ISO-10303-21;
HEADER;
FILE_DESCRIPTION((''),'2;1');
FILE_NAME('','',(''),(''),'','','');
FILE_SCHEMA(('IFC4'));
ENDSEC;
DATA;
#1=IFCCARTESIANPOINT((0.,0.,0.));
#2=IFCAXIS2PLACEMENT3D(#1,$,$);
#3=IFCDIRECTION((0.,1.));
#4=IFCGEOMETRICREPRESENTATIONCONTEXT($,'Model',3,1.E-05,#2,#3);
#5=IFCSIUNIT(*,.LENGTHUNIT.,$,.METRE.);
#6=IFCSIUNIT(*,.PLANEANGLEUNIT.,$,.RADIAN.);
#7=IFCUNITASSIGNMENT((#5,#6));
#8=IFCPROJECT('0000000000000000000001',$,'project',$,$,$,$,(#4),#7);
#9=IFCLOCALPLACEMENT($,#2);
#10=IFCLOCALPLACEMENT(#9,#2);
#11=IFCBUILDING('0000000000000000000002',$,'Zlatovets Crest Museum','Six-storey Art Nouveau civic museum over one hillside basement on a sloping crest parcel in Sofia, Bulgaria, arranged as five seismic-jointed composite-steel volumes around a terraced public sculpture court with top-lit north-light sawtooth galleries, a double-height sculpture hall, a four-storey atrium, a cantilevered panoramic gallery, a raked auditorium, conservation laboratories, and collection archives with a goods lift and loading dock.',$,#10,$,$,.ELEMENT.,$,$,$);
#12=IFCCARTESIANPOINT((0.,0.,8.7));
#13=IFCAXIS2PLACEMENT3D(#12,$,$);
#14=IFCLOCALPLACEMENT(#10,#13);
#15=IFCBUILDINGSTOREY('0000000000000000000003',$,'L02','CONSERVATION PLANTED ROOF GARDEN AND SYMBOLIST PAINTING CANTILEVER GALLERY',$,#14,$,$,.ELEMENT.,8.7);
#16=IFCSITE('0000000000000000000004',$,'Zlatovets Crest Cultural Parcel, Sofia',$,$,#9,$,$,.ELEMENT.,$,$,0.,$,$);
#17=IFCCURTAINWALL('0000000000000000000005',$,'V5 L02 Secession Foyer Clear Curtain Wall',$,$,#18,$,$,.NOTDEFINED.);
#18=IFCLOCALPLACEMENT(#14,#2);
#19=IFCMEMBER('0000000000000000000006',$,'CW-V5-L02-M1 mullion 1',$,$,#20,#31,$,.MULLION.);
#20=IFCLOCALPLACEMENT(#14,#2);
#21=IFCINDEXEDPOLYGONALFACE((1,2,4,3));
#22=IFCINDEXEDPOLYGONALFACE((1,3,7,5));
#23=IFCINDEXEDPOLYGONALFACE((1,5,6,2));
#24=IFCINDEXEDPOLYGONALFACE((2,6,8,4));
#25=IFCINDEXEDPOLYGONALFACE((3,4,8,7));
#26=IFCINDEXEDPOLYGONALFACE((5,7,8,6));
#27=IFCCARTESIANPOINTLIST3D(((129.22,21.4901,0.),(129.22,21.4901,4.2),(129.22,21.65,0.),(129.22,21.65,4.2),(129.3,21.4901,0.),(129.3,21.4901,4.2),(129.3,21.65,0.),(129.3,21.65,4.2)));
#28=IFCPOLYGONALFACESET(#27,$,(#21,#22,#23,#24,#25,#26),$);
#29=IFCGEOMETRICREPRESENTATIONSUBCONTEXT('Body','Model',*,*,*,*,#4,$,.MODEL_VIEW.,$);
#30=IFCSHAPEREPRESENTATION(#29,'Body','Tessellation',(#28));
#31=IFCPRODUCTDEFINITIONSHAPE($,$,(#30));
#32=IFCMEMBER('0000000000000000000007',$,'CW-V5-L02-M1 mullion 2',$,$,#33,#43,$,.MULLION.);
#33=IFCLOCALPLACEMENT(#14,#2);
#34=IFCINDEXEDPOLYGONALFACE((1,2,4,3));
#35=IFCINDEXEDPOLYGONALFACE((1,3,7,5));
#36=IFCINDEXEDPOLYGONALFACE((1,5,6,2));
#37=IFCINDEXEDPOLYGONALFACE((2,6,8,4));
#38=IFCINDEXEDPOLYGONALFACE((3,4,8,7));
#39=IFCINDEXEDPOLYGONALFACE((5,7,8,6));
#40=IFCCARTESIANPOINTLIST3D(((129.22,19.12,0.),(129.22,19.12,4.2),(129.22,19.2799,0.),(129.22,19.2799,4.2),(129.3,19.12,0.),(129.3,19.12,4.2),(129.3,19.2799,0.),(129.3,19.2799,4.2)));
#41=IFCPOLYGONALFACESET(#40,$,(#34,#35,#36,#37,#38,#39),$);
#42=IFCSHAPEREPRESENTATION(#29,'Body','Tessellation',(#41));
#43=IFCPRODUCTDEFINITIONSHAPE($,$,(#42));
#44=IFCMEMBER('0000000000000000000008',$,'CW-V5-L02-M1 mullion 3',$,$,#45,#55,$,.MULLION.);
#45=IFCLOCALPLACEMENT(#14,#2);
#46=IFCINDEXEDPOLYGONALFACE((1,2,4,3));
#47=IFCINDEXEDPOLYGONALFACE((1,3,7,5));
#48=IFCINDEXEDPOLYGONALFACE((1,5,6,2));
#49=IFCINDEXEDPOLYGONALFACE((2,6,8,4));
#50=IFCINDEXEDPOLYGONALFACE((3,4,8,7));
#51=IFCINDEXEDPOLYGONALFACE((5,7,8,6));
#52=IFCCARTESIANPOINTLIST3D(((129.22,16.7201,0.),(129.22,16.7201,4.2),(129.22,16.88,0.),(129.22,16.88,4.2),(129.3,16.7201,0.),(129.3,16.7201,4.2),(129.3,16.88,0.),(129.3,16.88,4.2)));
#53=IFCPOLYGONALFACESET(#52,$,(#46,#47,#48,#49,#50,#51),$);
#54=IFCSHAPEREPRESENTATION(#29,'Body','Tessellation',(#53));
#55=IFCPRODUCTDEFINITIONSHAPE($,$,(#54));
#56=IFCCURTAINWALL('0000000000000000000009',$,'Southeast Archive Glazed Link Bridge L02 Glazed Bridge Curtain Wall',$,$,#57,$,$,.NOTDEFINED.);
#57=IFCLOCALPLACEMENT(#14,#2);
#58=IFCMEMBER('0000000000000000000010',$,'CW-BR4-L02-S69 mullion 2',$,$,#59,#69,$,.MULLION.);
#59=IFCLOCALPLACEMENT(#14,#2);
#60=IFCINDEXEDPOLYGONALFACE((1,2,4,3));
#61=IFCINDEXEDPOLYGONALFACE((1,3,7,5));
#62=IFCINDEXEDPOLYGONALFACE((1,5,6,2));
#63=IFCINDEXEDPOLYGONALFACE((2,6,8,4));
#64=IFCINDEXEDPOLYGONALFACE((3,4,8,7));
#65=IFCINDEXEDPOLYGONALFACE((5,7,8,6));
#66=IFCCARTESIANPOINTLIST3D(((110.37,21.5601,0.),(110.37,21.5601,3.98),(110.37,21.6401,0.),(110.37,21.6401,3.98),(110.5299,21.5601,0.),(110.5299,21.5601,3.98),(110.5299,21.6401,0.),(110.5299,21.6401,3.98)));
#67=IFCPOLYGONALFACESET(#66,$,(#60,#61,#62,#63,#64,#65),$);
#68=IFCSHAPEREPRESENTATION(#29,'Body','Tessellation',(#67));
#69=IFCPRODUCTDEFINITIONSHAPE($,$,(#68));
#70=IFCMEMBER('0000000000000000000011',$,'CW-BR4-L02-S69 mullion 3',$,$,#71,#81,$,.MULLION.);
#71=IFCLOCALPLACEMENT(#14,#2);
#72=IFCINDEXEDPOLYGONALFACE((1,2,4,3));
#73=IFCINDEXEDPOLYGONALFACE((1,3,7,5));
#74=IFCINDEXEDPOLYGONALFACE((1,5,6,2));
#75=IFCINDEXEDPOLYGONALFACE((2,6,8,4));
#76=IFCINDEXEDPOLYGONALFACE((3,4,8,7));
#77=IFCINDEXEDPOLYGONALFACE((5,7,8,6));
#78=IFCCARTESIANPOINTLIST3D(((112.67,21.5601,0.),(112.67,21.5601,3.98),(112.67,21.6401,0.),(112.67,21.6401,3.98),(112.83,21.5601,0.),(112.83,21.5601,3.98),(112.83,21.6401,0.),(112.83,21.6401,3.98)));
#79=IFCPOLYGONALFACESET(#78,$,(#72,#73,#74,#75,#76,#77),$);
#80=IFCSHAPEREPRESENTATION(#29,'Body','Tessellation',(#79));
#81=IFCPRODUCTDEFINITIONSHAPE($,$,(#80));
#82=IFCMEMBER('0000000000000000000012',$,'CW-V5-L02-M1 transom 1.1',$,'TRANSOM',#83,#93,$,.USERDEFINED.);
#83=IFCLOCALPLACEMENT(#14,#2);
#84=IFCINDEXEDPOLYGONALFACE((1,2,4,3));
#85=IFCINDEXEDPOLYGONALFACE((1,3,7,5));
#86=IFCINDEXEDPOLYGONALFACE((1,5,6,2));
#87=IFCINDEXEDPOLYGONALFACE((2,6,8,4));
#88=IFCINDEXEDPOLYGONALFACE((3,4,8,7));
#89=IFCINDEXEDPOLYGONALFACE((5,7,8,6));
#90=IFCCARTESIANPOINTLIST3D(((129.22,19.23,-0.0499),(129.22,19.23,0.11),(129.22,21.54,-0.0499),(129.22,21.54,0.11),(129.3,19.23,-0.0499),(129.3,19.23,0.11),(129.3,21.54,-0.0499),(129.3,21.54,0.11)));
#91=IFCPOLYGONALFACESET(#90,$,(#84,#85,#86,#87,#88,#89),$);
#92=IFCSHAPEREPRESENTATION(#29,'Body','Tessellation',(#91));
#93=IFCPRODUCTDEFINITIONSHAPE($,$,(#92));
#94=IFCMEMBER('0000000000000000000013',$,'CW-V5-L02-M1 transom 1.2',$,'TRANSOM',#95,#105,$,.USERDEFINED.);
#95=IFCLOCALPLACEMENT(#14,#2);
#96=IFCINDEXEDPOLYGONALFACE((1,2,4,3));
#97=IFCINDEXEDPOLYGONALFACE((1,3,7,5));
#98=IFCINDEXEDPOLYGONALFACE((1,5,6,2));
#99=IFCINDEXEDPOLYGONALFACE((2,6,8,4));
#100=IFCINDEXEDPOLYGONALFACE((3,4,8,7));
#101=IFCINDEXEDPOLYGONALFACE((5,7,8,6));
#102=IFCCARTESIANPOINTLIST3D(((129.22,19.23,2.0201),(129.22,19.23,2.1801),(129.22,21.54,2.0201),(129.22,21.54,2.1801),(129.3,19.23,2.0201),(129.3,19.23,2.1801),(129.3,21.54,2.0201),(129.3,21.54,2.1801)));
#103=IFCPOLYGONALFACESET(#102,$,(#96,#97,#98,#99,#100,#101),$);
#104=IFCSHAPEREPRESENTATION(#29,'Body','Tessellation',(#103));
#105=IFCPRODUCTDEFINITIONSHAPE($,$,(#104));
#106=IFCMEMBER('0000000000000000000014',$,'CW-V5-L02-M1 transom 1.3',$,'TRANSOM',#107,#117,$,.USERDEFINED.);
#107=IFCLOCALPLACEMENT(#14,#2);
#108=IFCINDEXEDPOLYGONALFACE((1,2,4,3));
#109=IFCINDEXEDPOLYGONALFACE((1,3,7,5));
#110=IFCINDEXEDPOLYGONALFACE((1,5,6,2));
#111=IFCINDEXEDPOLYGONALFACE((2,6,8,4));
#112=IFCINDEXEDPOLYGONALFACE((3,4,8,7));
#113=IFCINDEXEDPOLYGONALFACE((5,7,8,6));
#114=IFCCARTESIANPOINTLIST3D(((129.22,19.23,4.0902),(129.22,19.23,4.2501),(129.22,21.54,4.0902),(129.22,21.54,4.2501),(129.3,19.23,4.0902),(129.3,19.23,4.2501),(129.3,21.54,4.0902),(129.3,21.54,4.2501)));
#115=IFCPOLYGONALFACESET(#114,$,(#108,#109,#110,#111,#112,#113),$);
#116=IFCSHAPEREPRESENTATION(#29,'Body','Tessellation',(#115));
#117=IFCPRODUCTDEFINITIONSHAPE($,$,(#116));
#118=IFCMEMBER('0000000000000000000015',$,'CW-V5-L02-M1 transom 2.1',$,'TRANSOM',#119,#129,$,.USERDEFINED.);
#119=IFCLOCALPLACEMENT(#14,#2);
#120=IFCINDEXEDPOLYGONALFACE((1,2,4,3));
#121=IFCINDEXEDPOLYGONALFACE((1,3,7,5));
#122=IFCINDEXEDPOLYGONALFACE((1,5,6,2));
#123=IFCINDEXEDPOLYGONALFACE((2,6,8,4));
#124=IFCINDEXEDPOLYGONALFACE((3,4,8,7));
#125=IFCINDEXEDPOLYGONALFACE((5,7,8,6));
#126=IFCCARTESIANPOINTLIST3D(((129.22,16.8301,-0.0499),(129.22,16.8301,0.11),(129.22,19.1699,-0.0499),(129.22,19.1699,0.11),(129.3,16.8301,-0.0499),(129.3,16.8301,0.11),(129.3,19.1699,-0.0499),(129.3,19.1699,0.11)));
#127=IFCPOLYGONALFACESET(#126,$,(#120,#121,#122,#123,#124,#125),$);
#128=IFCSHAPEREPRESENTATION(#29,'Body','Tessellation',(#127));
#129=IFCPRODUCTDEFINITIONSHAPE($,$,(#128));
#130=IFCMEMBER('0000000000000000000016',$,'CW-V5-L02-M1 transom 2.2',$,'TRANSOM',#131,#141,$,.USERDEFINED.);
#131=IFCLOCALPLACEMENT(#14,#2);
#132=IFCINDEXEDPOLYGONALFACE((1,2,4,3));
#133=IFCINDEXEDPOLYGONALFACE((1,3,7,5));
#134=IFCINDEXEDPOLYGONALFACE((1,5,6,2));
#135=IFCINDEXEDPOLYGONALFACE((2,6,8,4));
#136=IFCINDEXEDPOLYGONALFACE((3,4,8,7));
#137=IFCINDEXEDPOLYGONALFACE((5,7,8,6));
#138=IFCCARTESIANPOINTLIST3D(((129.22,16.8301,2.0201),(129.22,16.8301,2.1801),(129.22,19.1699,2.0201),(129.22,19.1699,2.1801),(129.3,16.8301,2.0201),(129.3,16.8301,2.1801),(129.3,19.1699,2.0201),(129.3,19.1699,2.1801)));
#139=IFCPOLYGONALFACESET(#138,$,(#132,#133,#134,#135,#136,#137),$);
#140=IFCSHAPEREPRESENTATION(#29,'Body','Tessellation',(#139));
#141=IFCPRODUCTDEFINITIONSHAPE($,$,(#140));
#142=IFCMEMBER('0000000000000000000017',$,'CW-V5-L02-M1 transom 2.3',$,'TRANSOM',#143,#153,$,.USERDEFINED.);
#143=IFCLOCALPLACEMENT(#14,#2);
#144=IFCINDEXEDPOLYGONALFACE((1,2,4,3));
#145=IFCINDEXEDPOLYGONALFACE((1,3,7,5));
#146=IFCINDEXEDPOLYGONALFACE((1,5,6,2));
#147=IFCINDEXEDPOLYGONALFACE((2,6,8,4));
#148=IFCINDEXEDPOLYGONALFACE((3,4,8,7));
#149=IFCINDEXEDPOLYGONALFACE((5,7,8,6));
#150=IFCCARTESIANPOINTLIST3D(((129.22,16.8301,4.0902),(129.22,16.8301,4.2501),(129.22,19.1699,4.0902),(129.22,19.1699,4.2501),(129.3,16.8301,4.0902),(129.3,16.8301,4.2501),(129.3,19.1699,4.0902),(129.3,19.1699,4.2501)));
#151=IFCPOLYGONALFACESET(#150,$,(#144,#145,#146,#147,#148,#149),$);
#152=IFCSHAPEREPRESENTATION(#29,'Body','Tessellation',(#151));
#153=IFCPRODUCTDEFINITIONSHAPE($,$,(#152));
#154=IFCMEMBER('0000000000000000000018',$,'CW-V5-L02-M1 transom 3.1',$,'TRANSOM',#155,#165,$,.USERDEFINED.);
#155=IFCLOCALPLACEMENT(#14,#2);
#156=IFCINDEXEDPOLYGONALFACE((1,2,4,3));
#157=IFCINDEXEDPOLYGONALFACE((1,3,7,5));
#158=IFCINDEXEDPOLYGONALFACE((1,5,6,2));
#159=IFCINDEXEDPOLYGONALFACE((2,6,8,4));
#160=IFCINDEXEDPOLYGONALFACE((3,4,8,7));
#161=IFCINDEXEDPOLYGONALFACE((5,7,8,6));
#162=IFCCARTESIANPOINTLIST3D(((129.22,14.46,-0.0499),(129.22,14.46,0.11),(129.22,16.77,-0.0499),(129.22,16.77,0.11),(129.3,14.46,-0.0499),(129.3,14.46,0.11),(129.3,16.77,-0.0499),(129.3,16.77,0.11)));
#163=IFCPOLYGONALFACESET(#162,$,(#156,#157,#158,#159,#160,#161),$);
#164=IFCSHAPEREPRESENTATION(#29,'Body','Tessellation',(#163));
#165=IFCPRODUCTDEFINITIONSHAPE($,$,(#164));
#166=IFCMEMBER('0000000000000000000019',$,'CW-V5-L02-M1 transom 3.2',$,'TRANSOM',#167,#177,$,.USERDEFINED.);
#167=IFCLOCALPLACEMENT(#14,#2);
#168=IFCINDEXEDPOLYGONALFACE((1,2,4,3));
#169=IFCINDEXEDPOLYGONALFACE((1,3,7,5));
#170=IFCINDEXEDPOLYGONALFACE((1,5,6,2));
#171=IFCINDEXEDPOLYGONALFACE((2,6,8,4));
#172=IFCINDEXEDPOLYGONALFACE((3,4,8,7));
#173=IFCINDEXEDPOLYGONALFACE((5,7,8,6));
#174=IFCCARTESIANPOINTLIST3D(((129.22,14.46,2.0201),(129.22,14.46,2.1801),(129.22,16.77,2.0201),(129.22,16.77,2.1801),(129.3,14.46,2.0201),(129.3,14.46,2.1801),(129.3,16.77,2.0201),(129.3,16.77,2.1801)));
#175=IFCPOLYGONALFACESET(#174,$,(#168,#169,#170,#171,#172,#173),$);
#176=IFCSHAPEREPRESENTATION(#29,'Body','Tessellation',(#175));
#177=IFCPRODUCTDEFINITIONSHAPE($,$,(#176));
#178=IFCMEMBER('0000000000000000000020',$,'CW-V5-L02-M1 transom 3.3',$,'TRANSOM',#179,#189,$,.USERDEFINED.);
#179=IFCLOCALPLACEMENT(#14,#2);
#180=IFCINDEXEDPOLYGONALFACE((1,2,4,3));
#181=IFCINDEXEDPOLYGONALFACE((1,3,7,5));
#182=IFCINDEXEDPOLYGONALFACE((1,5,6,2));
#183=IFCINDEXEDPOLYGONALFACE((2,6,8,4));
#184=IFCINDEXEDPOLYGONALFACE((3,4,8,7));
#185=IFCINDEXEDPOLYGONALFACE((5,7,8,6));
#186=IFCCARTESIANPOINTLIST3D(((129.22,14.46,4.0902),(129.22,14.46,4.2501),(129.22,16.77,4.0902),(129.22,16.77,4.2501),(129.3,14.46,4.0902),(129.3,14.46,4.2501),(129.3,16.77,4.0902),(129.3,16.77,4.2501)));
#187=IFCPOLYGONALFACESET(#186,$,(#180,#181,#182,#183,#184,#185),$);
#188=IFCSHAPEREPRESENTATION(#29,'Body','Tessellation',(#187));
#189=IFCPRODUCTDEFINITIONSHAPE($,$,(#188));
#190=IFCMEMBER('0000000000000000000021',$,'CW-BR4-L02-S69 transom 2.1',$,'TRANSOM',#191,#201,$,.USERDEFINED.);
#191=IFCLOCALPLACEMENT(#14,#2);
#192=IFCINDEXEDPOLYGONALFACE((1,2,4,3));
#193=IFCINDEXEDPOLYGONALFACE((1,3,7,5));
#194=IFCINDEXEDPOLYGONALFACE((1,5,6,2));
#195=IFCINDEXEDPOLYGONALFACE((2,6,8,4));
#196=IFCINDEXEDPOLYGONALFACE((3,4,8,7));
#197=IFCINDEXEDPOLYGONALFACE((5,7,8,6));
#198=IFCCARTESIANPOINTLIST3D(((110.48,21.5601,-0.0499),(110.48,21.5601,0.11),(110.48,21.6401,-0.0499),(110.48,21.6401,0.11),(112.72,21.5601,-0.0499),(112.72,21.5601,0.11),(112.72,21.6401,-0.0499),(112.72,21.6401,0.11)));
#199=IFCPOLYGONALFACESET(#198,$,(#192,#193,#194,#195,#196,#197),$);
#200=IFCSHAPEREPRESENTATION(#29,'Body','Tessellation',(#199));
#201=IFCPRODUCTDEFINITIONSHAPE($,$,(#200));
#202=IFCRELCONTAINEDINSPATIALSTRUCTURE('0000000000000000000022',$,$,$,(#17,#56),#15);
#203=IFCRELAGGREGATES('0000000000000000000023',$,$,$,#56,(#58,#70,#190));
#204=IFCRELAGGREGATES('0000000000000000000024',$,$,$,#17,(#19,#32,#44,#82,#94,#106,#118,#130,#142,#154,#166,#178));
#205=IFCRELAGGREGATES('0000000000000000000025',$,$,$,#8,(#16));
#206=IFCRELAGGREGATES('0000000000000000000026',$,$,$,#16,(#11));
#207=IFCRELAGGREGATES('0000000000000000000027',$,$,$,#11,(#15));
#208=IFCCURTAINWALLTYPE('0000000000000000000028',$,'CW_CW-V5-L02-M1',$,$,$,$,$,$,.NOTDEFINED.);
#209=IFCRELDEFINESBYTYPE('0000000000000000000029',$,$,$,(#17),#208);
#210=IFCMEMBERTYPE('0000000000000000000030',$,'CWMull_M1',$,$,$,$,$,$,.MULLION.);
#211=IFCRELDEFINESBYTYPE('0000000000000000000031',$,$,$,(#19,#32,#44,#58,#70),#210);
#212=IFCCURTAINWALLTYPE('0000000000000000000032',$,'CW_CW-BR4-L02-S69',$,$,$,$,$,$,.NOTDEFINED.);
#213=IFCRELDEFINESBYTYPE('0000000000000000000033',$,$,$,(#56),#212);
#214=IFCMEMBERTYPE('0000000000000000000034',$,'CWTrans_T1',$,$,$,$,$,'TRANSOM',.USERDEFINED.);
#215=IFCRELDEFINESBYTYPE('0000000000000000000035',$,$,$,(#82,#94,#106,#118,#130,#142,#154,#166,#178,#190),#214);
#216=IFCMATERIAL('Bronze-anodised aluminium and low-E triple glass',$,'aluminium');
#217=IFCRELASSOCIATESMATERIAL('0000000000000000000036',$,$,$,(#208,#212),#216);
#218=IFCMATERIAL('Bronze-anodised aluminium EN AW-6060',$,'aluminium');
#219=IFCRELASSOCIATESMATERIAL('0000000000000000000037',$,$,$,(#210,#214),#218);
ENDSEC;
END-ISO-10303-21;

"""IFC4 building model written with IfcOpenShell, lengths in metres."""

from ifc_helpers import new_model, si_unit, direction, frame, origin, origin_2d, place, context, subcontext, project, spatial, rectangle, extrude, material, material_profile, profile_set, type_object, element, aggregate, save


model = new_model("IFC4")

# Units and contexts
model_context = context("Model", 3, precision=1e-05, world=origin(), true_north=direction((0.0, 1.0)))
body_context = subcontext(model_context, "Body", "Model", "MODEL_VIEW")
ifc_project = project(units=[si_unit("LENGTHUNIT", "METRE"), si_unit("PLANEANGLEUNIT", "RADIAN")], contexts=[model_context])

# Site, building, storey
site_placement = place(None, origin())
site = spatial("IfcSite", under=ifc_project, at=site_placement, Name="Zlatovets Crest Cultural Parcel, Sofia", CompositionType="ELEMENT", RefElevation=0.0)
building_placement = place(site_placement, origin())
building = spatial("IfcBuilding", under=site, at=building_placement, Name="Zlatovets Crest Museum", Description="Six-storey Art Nouveau civic museum over one hillside basement on a sloping crest parcel in Sofia, Bulgaria, arranged as five seismic-jointed composite-steel volumes around a terraced public sculpture court with top-lit north-light sawtooth galleries, a double-height sculpture hall, a four-storey atrium, a cantilevered panoramic gallery, a raked auditorium, conservation laboratories, and collection archives with a goods lift and loading dock.", CompositionType="ELEMENT")
storey_placement = place(building_placement, frame((0.0, 0.0, 8.7)))
storey = spatial("IfcBuildingStorey", under=building, at=storey_placement, Name="L02", Description="CONSERVATION PLANTED ROOF GARDEN AND SYMBOLIST PAINTING CANTILEVER GALLERY", CompositionType="ELEMENT", Elevation=8.7)

# Curtain walls, members
ifc_material_1 = material(Name="Bronze-anodised aluminium and low-E triple glass", Category="aluminium")
curtain_wall_type_1 = type_object("IfcCurtainWallType", Name="CW_CW-V5-L02-M1", PredefinedType="NOTDEFINED", material=ifc_material_1)
curtain_wall_1_placement = place(storey_placement, origin())
curtain_wall_1 = element("IfcCurtainWall", 1, at=curtain_wall_1_placement, inside=storey, type_object=curtain_wall_type_1, Name="V5 L02 Secession Foyer Clear Curtain Wall", PredefinedType="NOTDEFINED")
ifc_material_2 = material(Name="Bronze-anodised aluminium EN AW-6060", Category="aluminium")
ifc_material_profile_1 = material_profile(ifc_material_2, rectangle(XDim=0.0801, YDim=0.1599, at=origin_2d()), Name="ALU 80x160")
ifc_profile_set_1 = profile_set([ifc_material_profile_1], Name="Bronze-anodised aluminium EN AW-6060")
member_type_1 = type_object("IfcMemberType", Name="CWMull_M1", PredefinedType="MULLION", material=ifc_profile_set_1)
member_1_placement = place(storey_placement, frame((129.26, 21.5701, 0.0), z_axis=(0.0, 0.0, 1.0), x_axis=(1.0, 0.0, 0.0)))
member_1 = element("IfcMember", 2, at=member_1_placement, type_object=member_type_1, Name="CW-V5-L02-M1 mullion 1", PredefinedType="MULLION", context=body_context, shape_type="SweptSolid", body=[
    extrude(rectangle(XDim=0.0801, YDim=0.1599, at=origin_2d()), origin(), (0.0, 0.0, 1.0), 4.2),
])
member_2_placement = place(storey_placement, frame((129.26, 19.2, 0.0), z_axis=(0.0, 0.0, 1.0), x_axis=(1.0, 0.0, 0.0)))
member_2 = element("IfcMember", 3, at=member_2_placement, type_object=member_type_1, Name="CW-V5-L02-M1 mullion 2", PredefinedType="MULLION", context=body_context, shape_type="SweptSolid", body=[
    extrude(rectangle(XDim=0.0801, YDim=0.1599, at=origin_2d()), origin(), (0.0, 0.0, 1.0), 4.2),
])
member_3_placement = place(storey_placement, frame((129.26, 16.8, 0.0), z_axis=(0.0, 0.0, 1.0), x_axis=(1.0, 0.0, 0.0)))
member_3 = element("IfcMember", 4, at=member_3_placement, type_object=member_type_1, Name="CW-V5-L02-M1 mullion 3", PredefinedType="MULLION", context=body_context, shape_type="SweptSolid", body=[
    extrude(rectangle(XDim=0.0801, YDim=0.1599, at=origin_2d()), origin(), (0.0, 0.0, 1.0), 4.2),
])
curtain_wall_type_2 = type_object("IfcCurtainWallType", Name="CW_CW-BR4-L02-S69", PredefinedType="NOTDEFINED", material=ifc_material_1)
curtain_wall_2_placement = place(storey_placement, origin())
curtain_wall_2 = element("IfcCurtainWall", 5, at=curtain_wall_2_placement, inside=storey, type_object=curtain_wall_type_2, Name="Southeast Archive Glazed Link Bridge L02 Glazed Bridge Curtain Wall", PredefinedType="NOTDEFINED")
member_4_placement = place(storey_placement, frame((110.45, 21.6001, 0.0), z_axis=(0.0, 0.0, 1.0), x_axis=(0.0, 1.0, 0.0)))
member_4 = element("IfcMember", 6, at=member_4_placement, type_object=member_type_1, Name="CW-BR4-L02-S69 mullion 2", PredefinedType="MULLION", context=body_context, shape_type="SweptSolid", body=[
    extrude(rectangle(XDim=0.0801, YDim=0.1599, at=origin_2d()), origin(), (0.0, 0.0, 1.0), 3.98),
])
member_5_placement = place(storey_placement, frame((112.75, 21.6001, 0.0), z_axis=(0.0, 0.0, 1.0), x_axis=(0.0, 1.0, 0.0)))
member_5 = element("IfcMember", 7, at=member_5_placement, type_object=member_type_1, Name="CW-BR4-L02-S69 mullion 3", PredefinedType="MULLION", context=body_context, shape_type="SweptSolid", body=[
    extrude(rectangle(XDim=0.0801, YDim=0.1599, at=origin_2d()), origin(), (0.0, 0.0, 1.0), 3.98),
])

# Members
ifc_material_profile_2 = material_profile(ifc_material_2, rectangle(XDim=0.0801, YDim=0.1599, at=origin_2d()), Name="ALU 80x160")
ifc_profile_set_2 = profile_set([ifc_material_profile_2], Name="Bronze-anodised aluminium EN AW-6060")
member_type_2 = type_object("IfcMemberType", Name="CWTrans_T1", ElementType="TRANSOM", PredefinedType="USERDEFINED", material=ifc_profile_set_2)
member_6_placement = place(storey_placement, frame((129.26, 21.54, 0.03), z_axis=(0.0, -1.0, 0.0), x_axis=(1.0, 0.0, 0.0)))
member_6 = element("IfcMember", 8, at=member_6_placement, type_object=member_type_2, Name="CW-V5-L02-M1 transom 1.1", ObjectType="TRANSOM", PredefinedType="USERDEFINED", context=body_context, shape_type="SweptSolid", body=[
    extrude(rectangle(XDim=0.0801, YDim=0.1599, at=origin_2d()), origin(), (0.0, 0.0, 1.0), 2.3101),
])
member_7_placement = place(storey_placement, frame((129.26, 21.54, 2.1001), z_axis=(0.0, -1.0, 0.0), x_axis=(1.0, 0.0, 0.0)))
member_7 = element("IfcMember", 9, at=member_7_placement, type_object=member_type_2, Name="CW-V5-L02-M1 transom 1.2", ObjectType="TRANSOM", PredefinedType="USERDEFINED", context=body_context, shape_type="SweptSolid", body=[
    extrude(rectangle(XDim=0.0801, YDim=0.1599, at=origin_2d()), origin(), (0.0, 0.0, 1.0), 2.3101),
])
member_8_placement = place(storey_placement, frame((129.26, 21.54, 4.1702), z_axis=(0.0, -1.0, 0.0), x_axis=(1.0, 0.0, 0.0)))
member_8 = element("IfcMember", 10, at=member_8_placement, type_object=member_type_2, Name="CW-V5-L02-M1 transom 1.3", ObjectType="TRANSOM", PredefinedType="USERDEFINED", context=body_context, shape_type="SweptSolid", body=[
    extrude(rectangle(XDim=0.0801, YDim=0.1599, at=origin_2d()), origin(), (0.0, 0.0, 1.0), 2.3101),
])
member_9_placement = place(storey_placement, frame((129.26, 19.1699, 0.03), z_axis=(0.0, -1.0, 0.0), x_axis=(1.0, 0.0, 0.0)))
member_9 = element("IfcMember", 11, at=member_9_placement, type_object=member_type_2, Name="CW-V5-L02-M1 transom 2.1", ObjectType="TRANSOM", PredefinedType="USERDEFINED", context=body_context, shape_type="SweptSolid", body=[
    extrude(rectangle(XDim=0.0801, YDim=0.1599, at=origin_2d()), origin(), (0.0, 0.0, 1.0), 2.3398),
])
member_10_placement = place(storey_placement, frame((129.26, 19.1699, 2.1001), z_axis=(0.0, -1.0, 0.0), x_axis=(1.0, 0.0, 0.0)))
member_10 = element("IfcMember", 12, at=member_10_placement, type_object=member_type_2, Name="CW-V5-L02-M1 transom 2.2", ObjectType="TRANSOM", PredefinedType="USERDEFINED", context=body_context, shape_type="SweptSolid", body=[
    extrude(rectangle(XDim=0.0801, YDim=0.1599, at=origin_2d()), origin(), (0.0, 0.0, 1.0), 2.3398),
])
member_11_placement = place(storey_placement, frame((129.26, 19.1699, 4.1702), z_axis=(0.0, -1.0, 0.0), x_axis=(1.0, 0.0, 0.0)))
member_11 = element("IfcMember", 13, at=member_11_placement, type_object=member_type_2, Name="CW-V5-L02-M1 transom 2.3", ObjectType="TRANSOM", PredefinedType="USERDEFINED", context=body_context, shape_type="SweptSolid", body=[
    extrude(rectangle(XDim=0.0801, YDim=0.1599, at=origin_2d()), origin(), (0.0, 0.0, 1.0), 2.3398),
])
member_12_placement = place(storey_placement, frame((129.26, 16.77, 0.03), z_axis=(0.0, -1.0, 0.0), x_axis=(1.0, 0.0, 0.0)))
member_12 = element("IfcMember", 14, at=member_12_placement, type_object=member_type_2, Name="CW-V5-L02-M1 transom 3.1", ObjectType="TRANSOM", PredefinedType="USERDEFINED", context=body_context, shape_type="SweptSolid", body=[
    extrude(rectangle(XDim=0.0801, YDim=0.1599, at=origin_2d()), origin(), (0.0, 0.0, 1.0), 2.3101),
])
member_13_placement = place(storey_placement, frame((129.26, 16.77, 2.1001), z_axis=(0.0, -1.0, 0.0), x_axis=(1.0, 0.0, 0.0)))
member_13 = element("IfcMember", 15, at=member_13_placement, type_object=member_type_2, Name="CW-V5-L02-M1 transom 3.2", ObjectType="TRANSOM", PredefinedType="USERDEFINED", context=body_context, shape_type="SweptSolid", body=[
    extrude(rectangle(XDim=0.0801, YDim=0.1599, at=origin_2d()), origin(), (0.0, 0.0, 1.0), 2.3101),
])
member_14_placement = place(storey_placement, frame((129.26, 16.77, 4.1702), z_axis=(0.0, -1.0, 0.0), x_axis=(1.0, 0.0, 0.0)))
member_14 = element("IfcMember", 16, at=member_14_placement, type_object=member_type_2, Name="CW-V5-L02-M1 transom 3.3", ObjectType="TRANSOM", PredefinedType="USERDEFINED", context=body_context, shape_type="SweptSolid", body=[
    extrude(rectangle(XDim=0.0801, YDim=0.1599, at=origin_2d()), origin(), (0.0, 0.0, 1.0), 2.3101),
])
member_15_placement = place(storey_placement, frame((110.48, 21.6001, 0.03), z_axis=(1.0, 0.0, 0.0), x_axis=(0.0, 1.0, 0.0)))
member_15 = element("IfcMember", 17, at=member_15_placement, type_object=member_type_2, Name="CW-BR4-L02-S69 transom 2.1", ObjectType="TRANSOM", PredefinedType="USERDEFINED", context=body_context, shape_type="SweptSolid", body=[
    extrude(rectangle(XDim=0.0801, YDim=0.1599, at=origin_2d()), origin(), (0.0, 0.0, 1.0), 2.24),
])

aggregate(curtain_wall_2, [member_4, member_5, member_15])
aggregate(curtain_wall_1, [member_1, member_2, member_3, member_6, member_7, member_8, member_9, member_10, member_11, member_12, member_13, member_14])

save(model, "model.ifc")
